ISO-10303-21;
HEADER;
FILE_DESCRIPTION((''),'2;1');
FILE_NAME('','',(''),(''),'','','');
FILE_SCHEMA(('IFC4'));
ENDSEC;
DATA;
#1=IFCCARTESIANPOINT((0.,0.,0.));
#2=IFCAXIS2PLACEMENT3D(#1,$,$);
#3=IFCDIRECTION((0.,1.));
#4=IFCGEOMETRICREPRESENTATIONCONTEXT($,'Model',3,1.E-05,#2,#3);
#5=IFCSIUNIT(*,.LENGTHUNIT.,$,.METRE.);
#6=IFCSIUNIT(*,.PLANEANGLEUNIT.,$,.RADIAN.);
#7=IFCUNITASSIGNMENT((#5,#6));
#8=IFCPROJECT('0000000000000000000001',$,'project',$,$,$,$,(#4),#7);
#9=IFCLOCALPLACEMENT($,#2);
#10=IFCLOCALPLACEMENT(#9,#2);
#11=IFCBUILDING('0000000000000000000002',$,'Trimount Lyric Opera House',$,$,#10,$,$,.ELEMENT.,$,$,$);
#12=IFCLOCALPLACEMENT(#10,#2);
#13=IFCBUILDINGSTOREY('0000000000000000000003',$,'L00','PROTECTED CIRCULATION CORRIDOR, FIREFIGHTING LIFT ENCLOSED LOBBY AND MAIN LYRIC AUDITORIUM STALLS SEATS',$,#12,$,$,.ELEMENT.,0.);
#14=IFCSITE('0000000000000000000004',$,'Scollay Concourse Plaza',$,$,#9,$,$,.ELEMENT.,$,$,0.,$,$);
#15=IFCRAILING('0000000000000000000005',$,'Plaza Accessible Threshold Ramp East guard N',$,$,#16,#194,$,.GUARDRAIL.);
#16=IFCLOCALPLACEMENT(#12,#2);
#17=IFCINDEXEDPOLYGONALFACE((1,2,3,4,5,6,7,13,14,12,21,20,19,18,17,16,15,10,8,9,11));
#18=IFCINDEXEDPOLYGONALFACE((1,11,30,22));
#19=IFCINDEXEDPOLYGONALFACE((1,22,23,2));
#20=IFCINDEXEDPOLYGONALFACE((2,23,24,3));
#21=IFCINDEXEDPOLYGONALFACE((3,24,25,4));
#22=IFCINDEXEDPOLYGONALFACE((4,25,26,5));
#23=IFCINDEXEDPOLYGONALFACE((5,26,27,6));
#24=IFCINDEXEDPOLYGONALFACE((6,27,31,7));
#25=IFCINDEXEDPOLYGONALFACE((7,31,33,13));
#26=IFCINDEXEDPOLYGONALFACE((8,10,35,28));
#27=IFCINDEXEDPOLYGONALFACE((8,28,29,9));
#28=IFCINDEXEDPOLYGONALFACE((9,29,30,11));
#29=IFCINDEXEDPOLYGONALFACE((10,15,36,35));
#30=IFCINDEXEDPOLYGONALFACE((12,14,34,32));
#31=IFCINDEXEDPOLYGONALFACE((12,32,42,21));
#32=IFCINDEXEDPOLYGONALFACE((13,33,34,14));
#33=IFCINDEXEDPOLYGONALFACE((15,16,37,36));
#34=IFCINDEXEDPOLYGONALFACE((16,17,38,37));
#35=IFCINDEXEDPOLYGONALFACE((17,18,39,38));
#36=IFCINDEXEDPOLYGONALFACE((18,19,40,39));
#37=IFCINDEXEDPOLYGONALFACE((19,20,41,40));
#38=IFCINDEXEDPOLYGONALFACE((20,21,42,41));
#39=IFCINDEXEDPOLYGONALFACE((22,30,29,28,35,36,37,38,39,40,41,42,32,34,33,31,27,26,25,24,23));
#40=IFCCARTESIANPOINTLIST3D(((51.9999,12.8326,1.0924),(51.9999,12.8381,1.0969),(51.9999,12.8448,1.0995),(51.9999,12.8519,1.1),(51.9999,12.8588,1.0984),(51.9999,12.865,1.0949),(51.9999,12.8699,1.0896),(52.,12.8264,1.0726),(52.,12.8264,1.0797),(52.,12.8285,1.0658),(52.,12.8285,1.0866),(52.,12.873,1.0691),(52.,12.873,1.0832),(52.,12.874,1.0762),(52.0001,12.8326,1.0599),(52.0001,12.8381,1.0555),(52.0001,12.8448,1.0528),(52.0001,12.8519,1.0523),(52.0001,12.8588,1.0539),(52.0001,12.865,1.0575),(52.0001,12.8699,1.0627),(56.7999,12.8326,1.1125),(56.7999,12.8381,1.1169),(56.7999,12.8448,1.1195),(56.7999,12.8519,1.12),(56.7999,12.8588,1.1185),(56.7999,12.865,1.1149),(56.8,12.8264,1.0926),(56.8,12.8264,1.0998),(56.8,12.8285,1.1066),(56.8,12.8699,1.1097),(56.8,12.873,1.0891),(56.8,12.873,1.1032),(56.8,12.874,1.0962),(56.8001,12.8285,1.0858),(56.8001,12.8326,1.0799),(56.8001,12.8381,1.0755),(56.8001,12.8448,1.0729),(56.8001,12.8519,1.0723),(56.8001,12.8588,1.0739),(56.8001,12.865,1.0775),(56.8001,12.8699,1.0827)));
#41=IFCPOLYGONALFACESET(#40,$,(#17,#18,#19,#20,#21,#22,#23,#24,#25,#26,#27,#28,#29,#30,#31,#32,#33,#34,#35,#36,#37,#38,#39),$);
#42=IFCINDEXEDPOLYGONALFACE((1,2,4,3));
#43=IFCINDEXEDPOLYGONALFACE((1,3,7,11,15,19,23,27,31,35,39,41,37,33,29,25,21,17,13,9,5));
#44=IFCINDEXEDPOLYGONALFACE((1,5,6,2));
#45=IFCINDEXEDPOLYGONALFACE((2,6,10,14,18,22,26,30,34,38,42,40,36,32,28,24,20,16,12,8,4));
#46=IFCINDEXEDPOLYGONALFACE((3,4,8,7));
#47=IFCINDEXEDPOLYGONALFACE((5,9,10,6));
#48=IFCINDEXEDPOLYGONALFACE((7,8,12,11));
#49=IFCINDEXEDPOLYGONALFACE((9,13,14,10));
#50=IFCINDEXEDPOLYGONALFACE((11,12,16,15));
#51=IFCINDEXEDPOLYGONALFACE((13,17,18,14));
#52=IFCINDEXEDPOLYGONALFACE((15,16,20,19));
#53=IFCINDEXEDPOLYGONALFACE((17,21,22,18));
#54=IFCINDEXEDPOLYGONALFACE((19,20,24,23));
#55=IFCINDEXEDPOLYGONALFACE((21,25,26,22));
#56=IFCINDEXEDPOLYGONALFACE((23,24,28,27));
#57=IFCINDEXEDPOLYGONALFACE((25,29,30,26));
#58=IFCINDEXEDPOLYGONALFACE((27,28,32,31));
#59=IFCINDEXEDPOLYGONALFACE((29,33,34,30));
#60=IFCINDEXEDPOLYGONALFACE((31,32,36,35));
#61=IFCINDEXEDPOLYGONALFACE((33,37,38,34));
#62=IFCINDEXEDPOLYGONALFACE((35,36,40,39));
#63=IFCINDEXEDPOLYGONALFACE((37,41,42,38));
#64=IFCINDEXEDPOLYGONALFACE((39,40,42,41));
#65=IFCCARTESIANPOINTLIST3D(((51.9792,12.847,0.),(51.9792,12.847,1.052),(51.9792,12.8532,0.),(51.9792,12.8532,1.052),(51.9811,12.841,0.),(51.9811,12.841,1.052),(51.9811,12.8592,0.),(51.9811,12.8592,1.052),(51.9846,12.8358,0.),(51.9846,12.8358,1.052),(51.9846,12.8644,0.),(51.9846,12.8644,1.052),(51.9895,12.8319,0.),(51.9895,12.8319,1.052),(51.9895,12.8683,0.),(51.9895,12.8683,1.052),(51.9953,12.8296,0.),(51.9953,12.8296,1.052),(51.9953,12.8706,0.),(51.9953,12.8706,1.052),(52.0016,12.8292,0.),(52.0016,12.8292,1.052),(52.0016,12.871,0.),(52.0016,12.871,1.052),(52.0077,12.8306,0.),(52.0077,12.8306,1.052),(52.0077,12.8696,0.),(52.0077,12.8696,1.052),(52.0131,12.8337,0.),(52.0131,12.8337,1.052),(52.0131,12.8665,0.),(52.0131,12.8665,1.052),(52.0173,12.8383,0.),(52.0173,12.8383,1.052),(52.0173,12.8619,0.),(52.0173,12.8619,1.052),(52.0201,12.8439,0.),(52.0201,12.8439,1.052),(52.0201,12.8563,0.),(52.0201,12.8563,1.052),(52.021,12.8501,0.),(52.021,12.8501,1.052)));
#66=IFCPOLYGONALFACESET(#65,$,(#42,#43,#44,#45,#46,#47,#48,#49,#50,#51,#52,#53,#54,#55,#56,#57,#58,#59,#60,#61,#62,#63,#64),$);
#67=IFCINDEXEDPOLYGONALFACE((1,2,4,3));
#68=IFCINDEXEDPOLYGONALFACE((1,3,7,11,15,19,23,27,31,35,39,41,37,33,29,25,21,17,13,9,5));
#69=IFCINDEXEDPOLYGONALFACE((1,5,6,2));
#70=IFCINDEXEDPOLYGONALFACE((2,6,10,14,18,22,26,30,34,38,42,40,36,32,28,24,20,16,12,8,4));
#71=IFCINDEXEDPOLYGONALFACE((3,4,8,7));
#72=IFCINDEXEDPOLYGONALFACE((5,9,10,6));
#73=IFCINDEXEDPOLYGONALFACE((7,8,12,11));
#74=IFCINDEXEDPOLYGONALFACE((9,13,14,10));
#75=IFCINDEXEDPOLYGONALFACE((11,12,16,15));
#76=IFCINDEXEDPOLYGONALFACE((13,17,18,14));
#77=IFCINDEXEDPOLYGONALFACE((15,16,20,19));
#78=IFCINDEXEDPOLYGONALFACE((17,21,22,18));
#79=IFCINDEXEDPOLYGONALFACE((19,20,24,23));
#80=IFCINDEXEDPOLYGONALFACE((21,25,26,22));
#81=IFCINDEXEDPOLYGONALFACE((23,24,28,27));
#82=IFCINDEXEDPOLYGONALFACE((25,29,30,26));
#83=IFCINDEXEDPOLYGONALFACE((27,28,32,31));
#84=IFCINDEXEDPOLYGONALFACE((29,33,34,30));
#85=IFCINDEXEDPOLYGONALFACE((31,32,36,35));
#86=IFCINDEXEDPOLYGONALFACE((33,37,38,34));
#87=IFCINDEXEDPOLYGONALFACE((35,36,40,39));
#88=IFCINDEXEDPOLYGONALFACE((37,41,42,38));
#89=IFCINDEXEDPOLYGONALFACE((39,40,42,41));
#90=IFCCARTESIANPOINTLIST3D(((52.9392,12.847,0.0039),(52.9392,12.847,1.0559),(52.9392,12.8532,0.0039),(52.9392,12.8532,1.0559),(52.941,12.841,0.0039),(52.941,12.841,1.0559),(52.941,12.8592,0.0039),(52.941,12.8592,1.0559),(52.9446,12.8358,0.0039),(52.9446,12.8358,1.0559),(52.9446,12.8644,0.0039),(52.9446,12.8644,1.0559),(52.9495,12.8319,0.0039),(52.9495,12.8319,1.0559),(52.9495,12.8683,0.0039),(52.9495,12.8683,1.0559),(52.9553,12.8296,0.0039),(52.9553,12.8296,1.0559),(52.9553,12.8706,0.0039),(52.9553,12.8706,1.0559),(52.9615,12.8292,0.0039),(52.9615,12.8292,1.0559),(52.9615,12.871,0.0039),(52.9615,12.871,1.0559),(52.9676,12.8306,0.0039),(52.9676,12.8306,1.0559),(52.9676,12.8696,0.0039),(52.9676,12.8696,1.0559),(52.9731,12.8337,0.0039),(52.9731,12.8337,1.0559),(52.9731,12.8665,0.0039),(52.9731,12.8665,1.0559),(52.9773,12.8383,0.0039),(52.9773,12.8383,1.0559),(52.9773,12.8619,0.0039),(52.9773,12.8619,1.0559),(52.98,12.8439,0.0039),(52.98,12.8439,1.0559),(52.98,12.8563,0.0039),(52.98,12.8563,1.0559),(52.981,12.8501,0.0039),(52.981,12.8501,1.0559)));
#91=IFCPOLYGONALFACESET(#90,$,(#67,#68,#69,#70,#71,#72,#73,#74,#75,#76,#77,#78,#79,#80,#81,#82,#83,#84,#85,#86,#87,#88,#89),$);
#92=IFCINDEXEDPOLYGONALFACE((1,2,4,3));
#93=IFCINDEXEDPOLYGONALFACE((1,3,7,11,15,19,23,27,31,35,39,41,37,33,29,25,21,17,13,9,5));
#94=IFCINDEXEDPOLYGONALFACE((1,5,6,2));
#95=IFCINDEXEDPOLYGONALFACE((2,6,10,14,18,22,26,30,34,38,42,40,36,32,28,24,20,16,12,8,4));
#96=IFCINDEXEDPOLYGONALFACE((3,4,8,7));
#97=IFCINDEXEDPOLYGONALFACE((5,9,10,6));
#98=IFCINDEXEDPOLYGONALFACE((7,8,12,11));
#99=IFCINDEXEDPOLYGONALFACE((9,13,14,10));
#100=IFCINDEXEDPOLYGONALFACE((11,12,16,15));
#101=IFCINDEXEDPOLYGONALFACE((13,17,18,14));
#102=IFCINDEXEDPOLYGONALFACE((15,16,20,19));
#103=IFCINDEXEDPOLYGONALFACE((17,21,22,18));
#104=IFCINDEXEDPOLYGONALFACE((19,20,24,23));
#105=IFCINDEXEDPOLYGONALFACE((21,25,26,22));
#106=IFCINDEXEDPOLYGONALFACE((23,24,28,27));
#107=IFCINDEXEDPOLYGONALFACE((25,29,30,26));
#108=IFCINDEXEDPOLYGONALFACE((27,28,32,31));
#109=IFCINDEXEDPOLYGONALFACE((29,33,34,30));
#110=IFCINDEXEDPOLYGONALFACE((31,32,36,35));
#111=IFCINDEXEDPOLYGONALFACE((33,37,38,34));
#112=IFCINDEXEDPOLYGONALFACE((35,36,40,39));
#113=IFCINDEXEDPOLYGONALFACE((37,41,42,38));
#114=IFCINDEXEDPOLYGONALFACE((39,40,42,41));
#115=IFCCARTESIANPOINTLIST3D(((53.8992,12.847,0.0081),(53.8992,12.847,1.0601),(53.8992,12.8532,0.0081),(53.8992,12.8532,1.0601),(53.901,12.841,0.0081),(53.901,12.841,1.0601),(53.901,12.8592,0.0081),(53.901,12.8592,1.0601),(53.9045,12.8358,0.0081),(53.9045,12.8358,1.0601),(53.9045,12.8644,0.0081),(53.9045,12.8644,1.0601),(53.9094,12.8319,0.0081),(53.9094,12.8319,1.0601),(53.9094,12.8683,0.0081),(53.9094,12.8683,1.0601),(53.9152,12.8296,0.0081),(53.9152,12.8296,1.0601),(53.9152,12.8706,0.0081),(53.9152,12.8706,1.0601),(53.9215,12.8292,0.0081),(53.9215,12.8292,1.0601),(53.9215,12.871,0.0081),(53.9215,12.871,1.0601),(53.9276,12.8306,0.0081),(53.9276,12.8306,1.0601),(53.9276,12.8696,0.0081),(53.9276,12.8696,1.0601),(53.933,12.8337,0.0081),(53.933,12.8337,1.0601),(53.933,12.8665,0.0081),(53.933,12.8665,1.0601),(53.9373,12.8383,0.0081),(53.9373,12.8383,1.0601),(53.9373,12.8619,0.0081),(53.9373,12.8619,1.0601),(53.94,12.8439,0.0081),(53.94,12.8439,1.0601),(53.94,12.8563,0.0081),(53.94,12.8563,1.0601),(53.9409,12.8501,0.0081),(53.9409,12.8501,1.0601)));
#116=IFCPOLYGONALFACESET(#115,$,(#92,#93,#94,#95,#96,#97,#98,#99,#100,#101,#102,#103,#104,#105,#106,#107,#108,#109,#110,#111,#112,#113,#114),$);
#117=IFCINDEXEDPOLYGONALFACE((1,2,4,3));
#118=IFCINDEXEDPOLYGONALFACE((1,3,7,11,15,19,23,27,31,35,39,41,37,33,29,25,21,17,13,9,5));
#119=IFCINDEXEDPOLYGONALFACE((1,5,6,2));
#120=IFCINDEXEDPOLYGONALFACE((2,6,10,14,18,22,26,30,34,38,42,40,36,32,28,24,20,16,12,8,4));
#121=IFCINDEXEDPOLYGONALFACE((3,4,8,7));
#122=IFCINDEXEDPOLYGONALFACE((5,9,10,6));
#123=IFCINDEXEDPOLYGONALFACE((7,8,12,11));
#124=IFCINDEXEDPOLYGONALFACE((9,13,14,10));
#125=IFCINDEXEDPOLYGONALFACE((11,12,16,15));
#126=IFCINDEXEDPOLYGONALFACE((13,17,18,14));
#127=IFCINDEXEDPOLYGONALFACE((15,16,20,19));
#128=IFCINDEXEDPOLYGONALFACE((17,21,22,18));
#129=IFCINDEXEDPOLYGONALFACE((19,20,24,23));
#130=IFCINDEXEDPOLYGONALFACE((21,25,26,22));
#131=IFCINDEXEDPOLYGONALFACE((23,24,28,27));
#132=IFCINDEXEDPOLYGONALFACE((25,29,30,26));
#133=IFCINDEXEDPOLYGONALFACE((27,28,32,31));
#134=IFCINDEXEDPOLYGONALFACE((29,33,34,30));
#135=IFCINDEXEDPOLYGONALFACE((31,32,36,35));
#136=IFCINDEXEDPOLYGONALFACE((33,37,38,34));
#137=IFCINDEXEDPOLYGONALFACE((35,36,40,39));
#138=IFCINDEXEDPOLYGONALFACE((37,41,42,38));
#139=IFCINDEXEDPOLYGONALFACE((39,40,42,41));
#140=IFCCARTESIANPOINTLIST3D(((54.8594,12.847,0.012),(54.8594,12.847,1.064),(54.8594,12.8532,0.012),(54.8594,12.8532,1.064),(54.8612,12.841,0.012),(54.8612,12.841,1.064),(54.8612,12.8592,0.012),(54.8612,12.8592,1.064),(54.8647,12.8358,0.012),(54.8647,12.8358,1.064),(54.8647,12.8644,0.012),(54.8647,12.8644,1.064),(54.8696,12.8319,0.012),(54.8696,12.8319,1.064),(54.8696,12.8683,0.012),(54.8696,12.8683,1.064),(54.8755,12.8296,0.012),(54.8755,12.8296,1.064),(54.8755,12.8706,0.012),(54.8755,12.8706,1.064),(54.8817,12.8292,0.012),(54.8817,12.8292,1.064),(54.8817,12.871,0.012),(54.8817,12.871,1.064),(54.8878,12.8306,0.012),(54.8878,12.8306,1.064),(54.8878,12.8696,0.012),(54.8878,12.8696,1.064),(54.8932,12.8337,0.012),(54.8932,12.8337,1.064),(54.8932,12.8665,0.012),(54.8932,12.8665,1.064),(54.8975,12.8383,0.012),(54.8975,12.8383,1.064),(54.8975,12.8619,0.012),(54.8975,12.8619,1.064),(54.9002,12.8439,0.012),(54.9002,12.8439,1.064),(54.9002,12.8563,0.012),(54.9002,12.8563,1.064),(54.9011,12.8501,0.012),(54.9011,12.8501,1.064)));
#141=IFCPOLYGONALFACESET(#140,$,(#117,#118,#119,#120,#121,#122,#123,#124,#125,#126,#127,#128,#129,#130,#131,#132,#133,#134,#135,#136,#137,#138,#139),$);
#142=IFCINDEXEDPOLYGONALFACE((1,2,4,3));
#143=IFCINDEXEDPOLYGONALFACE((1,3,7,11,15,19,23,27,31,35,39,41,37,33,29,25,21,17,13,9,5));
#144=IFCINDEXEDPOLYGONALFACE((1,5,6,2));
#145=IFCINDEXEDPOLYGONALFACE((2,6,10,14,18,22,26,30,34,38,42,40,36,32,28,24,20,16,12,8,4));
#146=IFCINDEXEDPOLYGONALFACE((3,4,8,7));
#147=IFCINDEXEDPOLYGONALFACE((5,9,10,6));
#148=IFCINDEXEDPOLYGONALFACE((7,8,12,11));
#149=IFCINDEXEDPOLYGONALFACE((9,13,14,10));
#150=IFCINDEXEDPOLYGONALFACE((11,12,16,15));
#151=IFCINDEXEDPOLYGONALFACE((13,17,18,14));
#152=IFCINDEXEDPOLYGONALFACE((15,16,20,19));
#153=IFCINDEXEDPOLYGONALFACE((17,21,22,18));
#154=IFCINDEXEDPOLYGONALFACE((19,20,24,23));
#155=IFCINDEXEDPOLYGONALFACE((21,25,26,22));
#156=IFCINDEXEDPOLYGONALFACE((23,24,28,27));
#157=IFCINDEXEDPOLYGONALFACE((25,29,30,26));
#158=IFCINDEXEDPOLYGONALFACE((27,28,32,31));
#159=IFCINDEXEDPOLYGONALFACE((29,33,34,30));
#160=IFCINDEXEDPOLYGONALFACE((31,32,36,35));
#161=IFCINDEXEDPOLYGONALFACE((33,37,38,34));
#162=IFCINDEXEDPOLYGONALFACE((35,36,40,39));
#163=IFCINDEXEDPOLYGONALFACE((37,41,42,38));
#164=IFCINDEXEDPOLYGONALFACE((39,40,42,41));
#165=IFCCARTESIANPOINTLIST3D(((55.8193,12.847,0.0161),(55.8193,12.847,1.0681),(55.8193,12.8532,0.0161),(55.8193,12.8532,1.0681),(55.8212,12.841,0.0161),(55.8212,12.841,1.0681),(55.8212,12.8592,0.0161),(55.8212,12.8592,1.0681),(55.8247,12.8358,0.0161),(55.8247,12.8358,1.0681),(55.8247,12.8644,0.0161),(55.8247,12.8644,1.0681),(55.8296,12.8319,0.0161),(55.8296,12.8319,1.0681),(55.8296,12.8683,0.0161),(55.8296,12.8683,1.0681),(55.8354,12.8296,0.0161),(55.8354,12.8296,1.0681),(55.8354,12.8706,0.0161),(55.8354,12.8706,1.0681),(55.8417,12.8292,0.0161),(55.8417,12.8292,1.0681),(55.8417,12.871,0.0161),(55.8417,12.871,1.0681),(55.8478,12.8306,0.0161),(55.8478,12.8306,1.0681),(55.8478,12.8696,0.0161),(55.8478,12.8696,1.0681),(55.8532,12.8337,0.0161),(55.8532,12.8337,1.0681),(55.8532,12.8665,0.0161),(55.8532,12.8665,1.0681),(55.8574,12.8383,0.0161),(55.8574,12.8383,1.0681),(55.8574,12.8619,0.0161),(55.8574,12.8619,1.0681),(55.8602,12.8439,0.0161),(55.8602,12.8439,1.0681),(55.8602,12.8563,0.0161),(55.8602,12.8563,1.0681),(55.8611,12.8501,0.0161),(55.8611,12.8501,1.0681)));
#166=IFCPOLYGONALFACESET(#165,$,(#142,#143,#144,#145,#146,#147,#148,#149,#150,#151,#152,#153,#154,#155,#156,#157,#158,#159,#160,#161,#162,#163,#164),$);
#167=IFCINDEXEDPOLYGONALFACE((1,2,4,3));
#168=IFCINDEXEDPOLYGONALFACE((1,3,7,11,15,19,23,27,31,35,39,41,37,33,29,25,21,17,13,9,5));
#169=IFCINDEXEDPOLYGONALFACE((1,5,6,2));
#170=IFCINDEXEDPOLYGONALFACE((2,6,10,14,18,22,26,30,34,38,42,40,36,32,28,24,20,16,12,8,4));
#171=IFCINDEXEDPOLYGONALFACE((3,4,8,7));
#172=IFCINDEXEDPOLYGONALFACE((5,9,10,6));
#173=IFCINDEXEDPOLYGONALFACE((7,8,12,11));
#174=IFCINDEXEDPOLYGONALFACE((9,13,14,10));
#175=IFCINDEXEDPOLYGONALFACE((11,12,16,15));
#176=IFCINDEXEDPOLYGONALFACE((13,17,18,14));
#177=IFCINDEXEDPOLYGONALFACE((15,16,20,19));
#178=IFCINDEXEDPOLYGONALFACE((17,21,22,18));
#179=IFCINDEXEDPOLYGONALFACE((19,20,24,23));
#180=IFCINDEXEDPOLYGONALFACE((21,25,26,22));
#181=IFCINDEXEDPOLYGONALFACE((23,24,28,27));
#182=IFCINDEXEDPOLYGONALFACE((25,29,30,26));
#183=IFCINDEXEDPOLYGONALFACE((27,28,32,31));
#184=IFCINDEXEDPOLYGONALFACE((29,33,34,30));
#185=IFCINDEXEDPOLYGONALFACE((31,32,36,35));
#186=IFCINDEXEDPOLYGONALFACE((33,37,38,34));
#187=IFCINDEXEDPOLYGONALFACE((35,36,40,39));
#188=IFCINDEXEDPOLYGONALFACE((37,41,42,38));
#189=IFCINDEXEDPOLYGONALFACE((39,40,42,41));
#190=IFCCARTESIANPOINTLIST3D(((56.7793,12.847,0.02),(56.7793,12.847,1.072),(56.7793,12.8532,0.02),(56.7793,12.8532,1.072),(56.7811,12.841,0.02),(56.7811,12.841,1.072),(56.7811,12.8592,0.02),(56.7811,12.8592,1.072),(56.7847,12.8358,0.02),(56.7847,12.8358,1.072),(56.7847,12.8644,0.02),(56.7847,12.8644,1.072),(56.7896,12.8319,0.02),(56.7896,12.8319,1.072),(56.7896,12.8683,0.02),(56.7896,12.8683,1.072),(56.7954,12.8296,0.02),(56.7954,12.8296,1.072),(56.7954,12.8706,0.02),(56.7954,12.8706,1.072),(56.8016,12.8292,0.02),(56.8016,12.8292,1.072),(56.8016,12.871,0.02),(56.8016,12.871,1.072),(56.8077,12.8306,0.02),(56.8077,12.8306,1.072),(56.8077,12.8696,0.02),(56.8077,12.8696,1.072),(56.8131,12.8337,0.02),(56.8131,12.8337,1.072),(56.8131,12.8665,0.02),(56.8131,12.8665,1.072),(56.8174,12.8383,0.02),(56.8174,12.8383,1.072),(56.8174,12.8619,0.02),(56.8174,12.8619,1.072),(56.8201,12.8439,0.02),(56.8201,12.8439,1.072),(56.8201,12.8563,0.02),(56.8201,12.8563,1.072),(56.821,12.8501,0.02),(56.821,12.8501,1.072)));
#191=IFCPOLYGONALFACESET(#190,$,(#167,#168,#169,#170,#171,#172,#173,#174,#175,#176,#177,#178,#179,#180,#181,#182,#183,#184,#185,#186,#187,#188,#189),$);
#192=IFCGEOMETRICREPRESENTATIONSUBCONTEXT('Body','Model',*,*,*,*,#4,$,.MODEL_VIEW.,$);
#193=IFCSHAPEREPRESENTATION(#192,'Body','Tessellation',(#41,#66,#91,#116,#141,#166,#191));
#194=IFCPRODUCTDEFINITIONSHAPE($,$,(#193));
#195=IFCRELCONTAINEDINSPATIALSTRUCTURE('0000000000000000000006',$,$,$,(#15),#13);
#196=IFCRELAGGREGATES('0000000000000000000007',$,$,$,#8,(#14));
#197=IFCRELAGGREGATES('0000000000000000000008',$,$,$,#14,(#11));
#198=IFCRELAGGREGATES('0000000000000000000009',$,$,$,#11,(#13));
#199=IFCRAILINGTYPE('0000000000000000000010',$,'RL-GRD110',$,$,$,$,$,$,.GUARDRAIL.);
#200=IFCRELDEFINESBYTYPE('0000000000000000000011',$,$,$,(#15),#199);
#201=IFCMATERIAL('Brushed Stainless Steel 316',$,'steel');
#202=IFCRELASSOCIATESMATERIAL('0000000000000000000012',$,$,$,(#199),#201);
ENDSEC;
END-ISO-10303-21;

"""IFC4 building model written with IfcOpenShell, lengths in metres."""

from ifc_helpers import new_model, si_unit, direction, frame, origin, origin_2d, place, context, subcontext, project, spatial, circle, extrude, material, type_object, element, save


model = new_model("IFC4")

# Units and contexts
model_context = context("Model", 3, precision=1e-05, world=origin(), true_north=direction((0.0, 1.0)))
body_context = subcontext(model_context, "Body", "Model", "MODEL_VIEW")
ifc_project = project(units=[si_unit("LENGTHUNIT", "METRE"), si_unit("PLANEANGLEUNIT", "RADIAN")], contexts=[model_context])

# Site, building, storey
site_placement = place(None, origin())
site = spatial("IfcSite", under=ifc_project, at=site_placement, Name="Scollay Concourse Plaza", CompositionType="ELEMENT", RefElevation=0.0)
building_placement = place(site_placement, origin())
building = spatial("IfcBuilding", under=site, at=building_placement, Name="Trimount Lyric Opera House", CompositionType="ELEMENT")
storey_placement = place(building_placement, origin())
storey = spatial("IfcBuildingStorey", under=building, at=storey_placement, Name="L00", Description="PROTECTED CIRCULATION CORRIDOR, FIREFIGHTING LIFT ENCLOSED LOBBY AND MAIN LYRIC AUDITORIUM STALLS SEATS", CompositionType="ELEMENT", Elevation=0.0)

# Railing
ifc_material_1 = material(Name="Brushed Stainless Steel 316", Category="steel")
railing_type = type_object("IfcRailingType", Name="RL-GRD110", PredefinedType="GUARDRAIL", material=ifc_material_1)
for number, where, name in (
    (1, (52.0, 12.8501, 0.0), "Plaza Accessible Threshold Ramp East guard N"),
):
    element("IfcRailing", number, at=place(storey_placement, frame(where)), inside=storey, type_object=railing_type, Name=name, PredefinedType="GUARDRAIL", context=body_context, shape_type="SweptSolid", body=[
        extrude(circle(Radius=0.0239, at=origin_2d()), frame((0.0, 0.0, 1.0762), z_axis=(0.999991, 0.0, 0.004171), x_axis=(0.0, 1.0, 0.0)), (0.0, 0.0, 1.0), 4.8),
        extrude(circle(Radius=0.021, at=origin_2d()), origin(), (0.0, 0.0, 1.0), 1.052),
        extrude(circle(Radius=0.021, at=origin_2d()), frame((0.96, 0.0, 0.0039)), (0.0, 0.0, 1.0), 1.052),
        extrude(circle(Radius=0.021, at=origin_2d()), frame((1.9199, 0.0, 0.0081)), (0.0, 0.0, 1.0), 1.052),
        extrude(circle(Radius=0.021, at=origin_2d()), frame((2.8801, 0.0, 0.012)), (0.0, 0.0, 1.0), 1.052),
        extrude(circle(Radius=0.021, at=origin_2d()), frame((3.8401, 0.0, 0.0161)), (0.0, 0.0, 1.0), 1.052),
        extrude(circle(Radius=0.021, at=origin_2d()), frame((4.8, 0.0, 0.02)), (0.0, 0.0, 1.0), 1.052),
    ])

save(model, "model.ifc")
